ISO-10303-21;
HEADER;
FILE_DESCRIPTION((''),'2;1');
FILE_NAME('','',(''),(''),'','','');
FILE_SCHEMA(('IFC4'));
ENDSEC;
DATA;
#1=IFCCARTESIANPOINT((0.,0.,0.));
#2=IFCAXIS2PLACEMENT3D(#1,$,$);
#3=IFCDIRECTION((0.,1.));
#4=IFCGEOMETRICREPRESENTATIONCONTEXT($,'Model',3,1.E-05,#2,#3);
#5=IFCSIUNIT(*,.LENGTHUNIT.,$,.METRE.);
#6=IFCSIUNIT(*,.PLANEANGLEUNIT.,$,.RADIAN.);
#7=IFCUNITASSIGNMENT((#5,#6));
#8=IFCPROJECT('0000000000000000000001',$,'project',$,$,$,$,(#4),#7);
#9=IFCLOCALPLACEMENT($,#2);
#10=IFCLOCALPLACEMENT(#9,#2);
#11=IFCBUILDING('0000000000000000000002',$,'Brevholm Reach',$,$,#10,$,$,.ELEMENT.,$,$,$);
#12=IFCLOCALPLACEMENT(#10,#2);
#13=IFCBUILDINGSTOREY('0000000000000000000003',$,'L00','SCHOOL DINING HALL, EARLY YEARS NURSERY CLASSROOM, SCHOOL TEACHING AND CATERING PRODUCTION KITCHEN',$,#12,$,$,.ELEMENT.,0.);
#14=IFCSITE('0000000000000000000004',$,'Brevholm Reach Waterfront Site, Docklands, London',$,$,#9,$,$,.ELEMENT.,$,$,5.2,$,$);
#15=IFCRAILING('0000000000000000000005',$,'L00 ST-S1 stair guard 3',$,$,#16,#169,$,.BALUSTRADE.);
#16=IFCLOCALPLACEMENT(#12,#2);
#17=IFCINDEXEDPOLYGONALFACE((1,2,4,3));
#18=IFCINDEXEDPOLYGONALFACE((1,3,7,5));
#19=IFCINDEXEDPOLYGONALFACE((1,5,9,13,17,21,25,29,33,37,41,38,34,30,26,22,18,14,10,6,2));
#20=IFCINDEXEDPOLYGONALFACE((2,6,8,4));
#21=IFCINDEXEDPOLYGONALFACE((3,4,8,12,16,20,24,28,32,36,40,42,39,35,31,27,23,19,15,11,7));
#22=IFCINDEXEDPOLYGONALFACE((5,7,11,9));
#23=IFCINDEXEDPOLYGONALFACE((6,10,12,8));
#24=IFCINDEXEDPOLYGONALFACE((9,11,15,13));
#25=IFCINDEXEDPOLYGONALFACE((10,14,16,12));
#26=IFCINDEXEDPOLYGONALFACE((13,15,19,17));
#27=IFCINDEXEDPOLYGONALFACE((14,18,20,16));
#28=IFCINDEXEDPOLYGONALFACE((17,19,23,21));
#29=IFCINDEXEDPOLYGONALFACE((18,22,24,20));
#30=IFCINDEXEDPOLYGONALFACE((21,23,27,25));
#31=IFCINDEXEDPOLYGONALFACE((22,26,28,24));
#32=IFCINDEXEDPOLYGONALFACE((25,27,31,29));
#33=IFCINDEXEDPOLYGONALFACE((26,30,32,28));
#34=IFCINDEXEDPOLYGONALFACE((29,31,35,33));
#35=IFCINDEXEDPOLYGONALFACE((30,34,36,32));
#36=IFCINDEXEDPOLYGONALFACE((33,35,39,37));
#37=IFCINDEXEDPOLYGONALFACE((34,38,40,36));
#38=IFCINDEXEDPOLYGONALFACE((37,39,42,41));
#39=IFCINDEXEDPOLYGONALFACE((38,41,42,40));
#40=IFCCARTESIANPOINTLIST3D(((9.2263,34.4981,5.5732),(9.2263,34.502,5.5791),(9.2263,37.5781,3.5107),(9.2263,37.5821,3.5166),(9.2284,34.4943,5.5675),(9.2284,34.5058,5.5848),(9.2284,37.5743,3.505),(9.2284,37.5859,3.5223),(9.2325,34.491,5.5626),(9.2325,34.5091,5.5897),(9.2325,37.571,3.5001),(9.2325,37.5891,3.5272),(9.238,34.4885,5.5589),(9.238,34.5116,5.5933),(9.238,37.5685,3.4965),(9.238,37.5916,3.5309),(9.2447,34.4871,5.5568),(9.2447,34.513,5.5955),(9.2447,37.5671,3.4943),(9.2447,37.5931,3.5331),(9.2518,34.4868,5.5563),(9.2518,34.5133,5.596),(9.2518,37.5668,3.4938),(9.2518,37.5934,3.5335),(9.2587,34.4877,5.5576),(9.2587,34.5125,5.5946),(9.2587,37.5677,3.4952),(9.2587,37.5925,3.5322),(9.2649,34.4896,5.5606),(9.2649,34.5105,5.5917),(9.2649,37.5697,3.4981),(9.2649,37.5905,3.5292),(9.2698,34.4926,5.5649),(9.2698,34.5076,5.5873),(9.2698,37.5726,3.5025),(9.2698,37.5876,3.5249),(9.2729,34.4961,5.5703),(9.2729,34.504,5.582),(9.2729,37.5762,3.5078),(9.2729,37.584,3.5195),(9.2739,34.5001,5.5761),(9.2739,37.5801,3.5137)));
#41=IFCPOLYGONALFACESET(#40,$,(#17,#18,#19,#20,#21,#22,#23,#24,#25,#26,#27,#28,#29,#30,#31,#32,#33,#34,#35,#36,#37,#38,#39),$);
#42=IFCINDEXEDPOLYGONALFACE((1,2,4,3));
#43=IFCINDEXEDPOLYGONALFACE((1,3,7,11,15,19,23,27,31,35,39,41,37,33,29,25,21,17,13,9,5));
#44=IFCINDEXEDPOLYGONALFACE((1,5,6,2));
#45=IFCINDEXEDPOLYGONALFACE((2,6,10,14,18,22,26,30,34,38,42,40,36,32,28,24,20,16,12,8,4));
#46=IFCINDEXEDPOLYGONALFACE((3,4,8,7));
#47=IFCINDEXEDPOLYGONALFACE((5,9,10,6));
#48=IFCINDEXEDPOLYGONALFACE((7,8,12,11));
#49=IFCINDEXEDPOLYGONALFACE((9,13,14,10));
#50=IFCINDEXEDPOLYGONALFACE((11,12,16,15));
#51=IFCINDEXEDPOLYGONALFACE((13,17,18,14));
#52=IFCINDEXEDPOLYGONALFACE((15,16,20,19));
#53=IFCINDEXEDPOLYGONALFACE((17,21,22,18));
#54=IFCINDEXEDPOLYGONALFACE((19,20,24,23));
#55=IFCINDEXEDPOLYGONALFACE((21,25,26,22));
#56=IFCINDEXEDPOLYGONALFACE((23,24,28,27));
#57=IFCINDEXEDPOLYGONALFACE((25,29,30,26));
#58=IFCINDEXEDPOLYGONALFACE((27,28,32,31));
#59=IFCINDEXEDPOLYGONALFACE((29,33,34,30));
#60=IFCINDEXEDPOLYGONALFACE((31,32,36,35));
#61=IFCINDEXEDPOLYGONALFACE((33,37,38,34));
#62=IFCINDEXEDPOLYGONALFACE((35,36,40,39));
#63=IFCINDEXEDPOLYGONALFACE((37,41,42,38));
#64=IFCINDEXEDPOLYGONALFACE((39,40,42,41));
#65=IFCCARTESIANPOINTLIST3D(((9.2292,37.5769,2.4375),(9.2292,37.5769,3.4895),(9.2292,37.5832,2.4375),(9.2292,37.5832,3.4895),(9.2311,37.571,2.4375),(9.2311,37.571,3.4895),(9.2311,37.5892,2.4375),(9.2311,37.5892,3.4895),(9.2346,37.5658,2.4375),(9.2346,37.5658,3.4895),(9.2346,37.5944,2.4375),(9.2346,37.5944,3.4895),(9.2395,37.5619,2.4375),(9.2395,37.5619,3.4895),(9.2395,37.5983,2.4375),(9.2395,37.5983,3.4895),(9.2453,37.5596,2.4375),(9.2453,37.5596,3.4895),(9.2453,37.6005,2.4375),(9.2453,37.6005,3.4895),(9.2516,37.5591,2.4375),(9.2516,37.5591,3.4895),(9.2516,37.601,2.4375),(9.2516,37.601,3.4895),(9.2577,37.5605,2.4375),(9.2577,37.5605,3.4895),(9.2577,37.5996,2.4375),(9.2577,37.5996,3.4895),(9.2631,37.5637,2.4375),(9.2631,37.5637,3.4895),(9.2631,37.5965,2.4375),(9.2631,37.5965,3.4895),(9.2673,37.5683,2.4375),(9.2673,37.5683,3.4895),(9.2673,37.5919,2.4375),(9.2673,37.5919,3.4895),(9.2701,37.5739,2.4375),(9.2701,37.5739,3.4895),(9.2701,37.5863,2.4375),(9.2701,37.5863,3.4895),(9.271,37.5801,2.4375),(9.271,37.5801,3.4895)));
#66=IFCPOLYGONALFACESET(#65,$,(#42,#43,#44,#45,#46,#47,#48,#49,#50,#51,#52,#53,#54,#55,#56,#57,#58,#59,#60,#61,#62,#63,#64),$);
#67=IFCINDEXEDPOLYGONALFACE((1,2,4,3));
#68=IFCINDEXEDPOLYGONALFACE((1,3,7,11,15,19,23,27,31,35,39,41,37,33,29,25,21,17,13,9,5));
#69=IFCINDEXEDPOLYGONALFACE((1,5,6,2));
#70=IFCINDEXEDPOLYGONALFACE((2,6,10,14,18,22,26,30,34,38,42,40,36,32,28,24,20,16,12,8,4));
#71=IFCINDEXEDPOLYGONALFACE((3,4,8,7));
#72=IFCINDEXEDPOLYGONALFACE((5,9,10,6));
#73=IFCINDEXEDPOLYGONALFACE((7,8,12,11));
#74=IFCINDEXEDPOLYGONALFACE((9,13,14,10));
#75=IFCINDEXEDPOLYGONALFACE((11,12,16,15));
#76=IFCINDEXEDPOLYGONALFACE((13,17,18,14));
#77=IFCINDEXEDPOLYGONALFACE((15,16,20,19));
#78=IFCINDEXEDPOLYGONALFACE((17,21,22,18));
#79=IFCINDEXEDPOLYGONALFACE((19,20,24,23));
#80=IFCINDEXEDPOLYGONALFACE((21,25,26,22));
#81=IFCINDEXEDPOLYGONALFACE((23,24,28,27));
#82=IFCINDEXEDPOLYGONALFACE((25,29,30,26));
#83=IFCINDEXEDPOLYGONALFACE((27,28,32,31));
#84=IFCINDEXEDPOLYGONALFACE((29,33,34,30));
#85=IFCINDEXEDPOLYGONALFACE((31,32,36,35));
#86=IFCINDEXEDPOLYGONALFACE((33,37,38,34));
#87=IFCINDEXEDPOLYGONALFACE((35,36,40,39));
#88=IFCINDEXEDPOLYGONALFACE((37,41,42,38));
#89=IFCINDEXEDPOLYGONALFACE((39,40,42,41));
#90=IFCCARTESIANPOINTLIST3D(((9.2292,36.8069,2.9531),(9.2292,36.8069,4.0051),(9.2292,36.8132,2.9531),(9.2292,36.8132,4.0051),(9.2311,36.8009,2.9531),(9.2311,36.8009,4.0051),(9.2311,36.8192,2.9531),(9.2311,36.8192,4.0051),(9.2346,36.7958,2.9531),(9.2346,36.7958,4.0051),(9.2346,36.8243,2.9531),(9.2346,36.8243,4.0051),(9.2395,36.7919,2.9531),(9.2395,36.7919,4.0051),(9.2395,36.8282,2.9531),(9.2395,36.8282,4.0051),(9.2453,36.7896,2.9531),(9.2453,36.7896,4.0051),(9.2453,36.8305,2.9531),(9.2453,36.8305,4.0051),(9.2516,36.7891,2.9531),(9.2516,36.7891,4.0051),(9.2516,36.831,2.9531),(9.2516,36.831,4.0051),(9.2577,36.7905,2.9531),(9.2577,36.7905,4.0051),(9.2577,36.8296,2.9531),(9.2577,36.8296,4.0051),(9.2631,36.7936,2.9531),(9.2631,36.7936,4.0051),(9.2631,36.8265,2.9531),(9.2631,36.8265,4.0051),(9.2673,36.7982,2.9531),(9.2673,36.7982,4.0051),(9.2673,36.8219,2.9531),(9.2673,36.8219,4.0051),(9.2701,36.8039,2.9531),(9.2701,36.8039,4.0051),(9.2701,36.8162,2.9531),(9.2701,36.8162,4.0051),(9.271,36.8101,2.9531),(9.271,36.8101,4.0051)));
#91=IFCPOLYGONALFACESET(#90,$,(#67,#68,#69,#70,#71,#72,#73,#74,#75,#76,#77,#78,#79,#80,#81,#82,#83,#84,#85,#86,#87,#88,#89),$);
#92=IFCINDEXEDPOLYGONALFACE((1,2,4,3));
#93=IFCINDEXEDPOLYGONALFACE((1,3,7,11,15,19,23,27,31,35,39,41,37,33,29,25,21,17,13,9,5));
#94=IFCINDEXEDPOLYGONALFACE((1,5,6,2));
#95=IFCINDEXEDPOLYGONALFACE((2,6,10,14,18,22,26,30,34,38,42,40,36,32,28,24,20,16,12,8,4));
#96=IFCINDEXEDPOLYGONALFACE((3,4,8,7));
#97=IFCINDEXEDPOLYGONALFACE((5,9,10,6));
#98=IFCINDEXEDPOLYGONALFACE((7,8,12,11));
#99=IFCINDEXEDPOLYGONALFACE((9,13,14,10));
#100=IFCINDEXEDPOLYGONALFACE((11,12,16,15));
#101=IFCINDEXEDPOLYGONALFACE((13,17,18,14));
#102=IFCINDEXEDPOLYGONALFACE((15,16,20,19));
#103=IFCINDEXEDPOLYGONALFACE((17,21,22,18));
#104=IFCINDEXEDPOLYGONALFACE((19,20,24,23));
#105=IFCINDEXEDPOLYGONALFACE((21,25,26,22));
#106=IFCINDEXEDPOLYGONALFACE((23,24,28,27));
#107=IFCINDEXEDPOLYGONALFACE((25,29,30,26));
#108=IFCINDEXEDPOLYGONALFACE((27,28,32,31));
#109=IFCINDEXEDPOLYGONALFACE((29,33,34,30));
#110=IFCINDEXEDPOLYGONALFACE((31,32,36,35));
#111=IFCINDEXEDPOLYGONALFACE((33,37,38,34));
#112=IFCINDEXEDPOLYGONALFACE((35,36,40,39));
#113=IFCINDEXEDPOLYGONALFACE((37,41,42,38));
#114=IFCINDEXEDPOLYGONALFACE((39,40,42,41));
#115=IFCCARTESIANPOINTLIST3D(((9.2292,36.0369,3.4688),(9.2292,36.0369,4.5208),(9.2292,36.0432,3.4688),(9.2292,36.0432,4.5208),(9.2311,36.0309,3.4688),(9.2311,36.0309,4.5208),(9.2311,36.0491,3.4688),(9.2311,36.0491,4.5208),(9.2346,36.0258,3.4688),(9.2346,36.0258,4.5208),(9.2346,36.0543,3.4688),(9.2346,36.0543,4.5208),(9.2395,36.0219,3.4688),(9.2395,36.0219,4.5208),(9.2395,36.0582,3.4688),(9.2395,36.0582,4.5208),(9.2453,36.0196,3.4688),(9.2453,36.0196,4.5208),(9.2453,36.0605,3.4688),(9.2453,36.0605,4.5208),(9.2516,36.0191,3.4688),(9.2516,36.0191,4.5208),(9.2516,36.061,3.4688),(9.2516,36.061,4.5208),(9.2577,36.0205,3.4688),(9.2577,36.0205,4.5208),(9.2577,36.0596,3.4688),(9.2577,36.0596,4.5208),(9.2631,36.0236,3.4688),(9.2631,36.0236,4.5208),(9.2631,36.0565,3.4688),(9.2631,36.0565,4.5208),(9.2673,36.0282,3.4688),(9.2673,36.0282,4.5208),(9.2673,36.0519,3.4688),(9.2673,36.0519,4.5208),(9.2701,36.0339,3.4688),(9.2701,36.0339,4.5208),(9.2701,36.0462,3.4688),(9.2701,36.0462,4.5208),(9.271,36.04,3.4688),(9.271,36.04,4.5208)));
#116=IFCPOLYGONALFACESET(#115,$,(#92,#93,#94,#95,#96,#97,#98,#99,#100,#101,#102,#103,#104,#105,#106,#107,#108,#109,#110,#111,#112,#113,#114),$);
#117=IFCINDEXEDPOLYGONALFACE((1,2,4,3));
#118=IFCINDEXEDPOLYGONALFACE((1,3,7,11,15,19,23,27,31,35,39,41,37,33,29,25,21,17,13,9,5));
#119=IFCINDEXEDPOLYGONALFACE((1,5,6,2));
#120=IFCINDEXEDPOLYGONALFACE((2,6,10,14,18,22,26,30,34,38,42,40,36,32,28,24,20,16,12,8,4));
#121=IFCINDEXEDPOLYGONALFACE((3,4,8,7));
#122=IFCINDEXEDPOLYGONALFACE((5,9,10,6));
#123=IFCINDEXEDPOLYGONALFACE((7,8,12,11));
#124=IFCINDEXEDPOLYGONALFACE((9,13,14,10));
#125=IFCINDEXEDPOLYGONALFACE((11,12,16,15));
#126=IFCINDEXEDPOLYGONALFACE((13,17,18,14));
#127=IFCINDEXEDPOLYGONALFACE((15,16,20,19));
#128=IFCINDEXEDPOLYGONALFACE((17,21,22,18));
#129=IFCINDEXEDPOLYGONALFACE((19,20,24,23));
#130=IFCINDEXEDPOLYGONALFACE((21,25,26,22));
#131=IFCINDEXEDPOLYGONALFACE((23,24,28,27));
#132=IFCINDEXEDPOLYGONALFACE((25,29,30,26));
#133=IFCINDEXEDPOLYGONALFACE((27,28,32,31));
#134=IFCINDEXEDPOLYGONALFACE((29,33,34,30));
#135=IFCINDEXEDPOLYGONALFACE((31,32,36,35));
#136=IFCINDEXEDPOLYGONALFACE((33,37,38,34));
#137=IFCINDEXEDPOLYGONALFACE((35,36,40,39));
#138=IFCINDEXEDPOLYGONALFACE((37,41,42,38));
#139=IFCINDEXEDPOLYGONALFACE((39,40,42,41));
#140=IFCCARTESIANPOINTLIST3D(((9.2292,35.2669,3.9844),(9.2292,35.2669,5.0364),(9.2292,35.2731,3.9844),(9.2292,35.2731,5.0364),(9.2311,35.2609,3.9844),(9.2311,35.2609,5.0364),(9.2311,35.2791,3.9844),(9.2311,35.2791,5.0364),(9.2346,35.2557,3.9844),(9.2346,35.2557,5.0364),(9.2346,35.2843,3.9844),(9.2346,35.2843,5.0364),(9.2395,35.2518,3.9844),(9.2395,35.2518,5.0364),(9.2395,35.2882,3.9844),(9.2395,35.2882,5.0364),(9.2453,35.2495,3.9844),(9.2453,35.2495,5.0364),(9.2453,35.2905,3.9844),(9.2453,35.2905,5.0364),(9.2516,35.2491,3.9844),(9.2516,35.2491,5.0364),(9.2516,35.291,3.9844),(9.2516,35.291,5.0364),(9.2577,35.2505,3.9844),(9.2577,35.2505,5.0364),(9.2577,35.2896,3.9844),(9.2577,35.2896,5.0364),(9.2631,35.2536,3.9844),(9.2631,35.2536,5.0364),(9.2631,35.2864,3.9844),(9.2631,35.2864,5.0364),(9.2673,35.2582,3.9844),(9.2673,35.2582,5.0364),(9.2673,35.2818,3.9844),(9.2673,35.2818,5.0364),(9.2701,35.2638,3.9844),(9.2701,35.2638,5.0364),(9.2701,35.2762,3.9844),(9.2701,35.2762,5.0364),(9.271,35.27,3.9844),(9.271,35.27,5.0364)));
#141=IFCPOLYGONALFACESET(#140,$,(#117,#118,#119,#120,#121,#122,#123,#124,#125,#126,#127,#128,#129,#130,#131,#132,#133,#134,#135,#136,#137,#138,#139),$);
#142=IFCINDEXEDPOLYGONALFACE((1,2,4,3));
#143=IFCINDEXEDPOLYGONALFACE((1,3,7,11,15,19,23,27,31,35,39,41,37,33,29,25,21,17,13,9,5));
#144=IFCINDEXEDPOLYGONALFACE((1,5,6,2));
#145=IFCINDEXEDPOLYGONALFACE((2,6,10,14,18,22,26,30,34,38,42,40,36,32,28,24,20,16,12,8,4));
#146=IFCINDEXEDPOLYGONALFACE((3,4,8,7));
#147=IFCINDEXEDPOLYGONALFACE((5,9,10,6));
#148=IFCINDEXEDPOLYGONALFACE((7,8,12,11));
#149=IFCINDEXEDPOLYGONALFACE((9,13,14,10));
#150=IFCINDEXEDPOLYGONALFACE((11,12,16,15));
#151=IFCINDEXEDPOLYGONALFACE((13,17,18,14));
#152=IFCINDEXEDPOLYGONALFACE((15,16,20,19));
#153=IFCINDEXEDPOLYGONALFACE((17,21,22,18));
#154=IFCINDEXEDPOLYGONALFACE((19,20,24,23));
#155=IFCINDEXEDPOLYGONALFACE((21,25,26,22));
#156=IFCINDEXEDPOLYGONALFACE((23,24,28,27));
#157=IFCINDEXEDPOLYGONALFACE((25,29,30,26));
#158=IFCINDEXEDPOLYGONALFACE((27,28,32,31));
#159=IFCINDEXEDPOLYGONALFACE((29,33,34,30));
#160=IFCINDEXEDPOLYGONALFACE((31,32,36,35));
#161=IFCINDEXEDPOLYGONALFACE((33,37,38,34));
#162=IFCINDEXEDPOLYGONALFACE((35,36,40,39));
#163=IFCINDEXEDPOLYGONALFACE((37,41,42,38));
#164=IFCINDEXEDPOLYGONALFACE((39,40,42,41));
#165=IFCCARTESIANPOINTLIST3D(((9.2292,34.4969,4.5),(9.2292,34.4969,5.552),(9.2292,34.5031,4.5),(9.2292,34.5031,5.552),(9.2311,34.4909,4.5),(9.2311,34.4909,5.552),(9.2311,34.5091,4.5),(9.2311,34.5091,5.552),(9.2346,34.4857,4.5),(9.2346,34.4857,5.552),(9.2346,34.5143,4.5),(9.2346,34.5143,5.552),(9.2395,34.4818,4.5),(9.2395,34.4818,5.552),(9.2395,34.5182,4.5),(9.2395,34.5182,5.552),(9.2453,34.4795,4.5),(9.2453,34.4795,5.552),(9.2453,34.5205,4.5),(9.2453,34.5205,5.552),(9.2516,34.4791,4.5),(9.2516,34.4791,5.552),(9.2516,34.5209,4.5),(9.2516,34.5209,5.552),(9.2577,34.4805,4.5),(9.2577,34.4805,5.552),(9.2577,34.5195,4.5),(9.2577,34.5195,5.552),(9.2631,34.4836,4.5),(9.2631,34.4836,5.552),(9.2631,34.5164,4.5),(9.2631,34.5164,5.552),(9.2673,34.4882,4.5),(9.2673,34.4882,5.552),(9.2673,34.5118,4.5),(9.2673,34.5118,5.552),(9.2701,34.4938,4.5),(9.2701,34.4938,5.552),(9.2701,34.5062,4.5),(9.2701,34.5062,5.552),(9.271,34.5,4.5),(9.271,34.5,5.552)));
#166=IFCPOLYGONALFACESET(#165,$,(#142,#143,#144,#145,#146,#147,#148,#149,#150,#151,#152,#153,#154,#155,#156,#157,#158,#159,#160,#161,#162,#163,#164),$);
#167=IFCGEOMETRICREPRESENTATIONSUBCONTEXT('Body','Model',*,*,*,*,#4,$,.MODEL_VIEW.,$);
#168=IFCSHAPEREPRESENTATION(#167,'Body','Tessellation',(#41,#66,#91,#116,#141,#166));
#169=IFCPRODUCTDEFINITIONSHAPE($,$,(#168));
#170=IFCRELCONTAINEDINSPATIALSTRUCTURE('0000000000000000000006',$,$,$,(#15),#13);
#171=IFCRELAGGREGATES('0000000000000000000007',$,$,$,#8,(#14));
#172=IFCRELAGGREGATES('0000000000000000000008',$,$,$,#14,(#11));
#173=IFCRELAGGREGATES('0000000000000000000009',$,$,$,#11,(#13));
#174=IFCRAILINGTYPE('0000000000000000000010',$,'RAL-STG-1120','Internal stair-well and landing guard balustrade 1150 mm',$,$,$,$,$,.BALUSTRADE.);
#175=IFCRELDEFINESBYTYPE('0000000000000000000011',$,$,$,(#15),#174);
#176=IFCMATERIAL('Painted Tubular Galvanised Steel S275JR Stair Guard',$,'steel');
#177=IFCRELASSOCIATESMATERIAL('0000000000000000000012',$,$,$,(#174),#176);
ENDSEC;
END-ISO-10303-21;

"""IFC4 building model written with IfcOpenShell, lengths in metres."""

from ifc_helpers import new_model, si_unit, direction, frame, origin, origin_2d, place, context, subcontext, project, spatial, circle, extrude, material, type_object, element, save


model = new_model("IFC4")

# Units and contexts
model_context = context("Model", 3, precision=1e-05, world=origin(), true_north=direction((0.0, 1.0)))
body_context = subcontext(model_context, "Body", "Model", "MODEL_VIEW")
ifc_project = project(units=[si_unit("LENGTHUNIT", "METRE"), si_unit("PLANEANGLEUNIT", "RADIAN")], contexts=[model_context])

# Site, building, storey
site_placement = place(None, origin())
site = spatial("IfcSite", under=ifc_project, at=site_placement, Name="Brevholm Reach Waterfront Site, Docklands, London", CompositionType="ELEMENT", RefElevation=5.2)
building_placement = place(site_placement, origin())
building = spatial("IfcBuilding", under=site, at=building_placement, Name="Brevholm Reach", CompositionType="ELEMENT")
storey_placement = place(building_placement, origin())
storey = spatial("IfcBuildingStorey", under=building, at=storey_placement, Name="L00", Description="SCHOOL DINING HALL, EARLY YEARS NURSERY CLASSROOM, SCHOOL TEACHING AND CATERING PRODUCTION KITCHEN", CompositionType="ELEMENT", Elevation=0.0)

# Railing
ifc_material_1 = material(Name="Painted Tubular Galvanised Steel S275JR Stair Guard", Category="steel")
railing_type_1 = type_object("IfcRailingType", Name="RAL-STG-1120", Description="Internal stair-well and landing guard balustrade 1150 mm", PredefinedType="BALUSTRADE", material=ifc_material_1)
railing_1_placement = place(storey_placement, frame((9.25, 37.5801, 2.4375)))
element("IfcRailing", 1, at=railing_1_placement, inside=storey, type_object=railing_type_1, Name="L00 ST-S1 stair guard 3", PredefinedType="BALUSTRADE", context=body_context, shape_type="SweptSolid", body=[
    extrude(circle(Radius=0.0239, at=origin_2d()), frame((0.0, 0.0, 1.0762), z_axis=(0.0, -0.830914, 0.556401), x_axis=(1.0, 0.0, 0.0)), (0.0, 0.0, 1.0), 3.7068),
    extrude(circle(Radius=0.021, at=origin_2d()), origin(), (0.0, 0.0, 1.0), 1.052),
    extrude(circle(Radius=0.021, at=origin_2d()), frame((0.0, -0.77, 0.5156)), (0.0, 0.0, 1.0), 1.052),
    extrude(circle(Radius=0.021, at=origin_2d()), frame((0.0, -1.54, 1.0312)), (0.0, 0.0, 1.0), 1.052),
    extrude(circle(Radius=0.021, at=origin_2d()), frame((0.0, -2.3101, 1.5469)), (0.0, 0.0, 1.0), 1.052),
    extrude(circle(Radius=0.021, at=origin_2d()), frame((0.0, -3.0801, 2.0625)), (0.0, 0.0, 1.0), 1.052),
])

save(model, "model.ifc")
